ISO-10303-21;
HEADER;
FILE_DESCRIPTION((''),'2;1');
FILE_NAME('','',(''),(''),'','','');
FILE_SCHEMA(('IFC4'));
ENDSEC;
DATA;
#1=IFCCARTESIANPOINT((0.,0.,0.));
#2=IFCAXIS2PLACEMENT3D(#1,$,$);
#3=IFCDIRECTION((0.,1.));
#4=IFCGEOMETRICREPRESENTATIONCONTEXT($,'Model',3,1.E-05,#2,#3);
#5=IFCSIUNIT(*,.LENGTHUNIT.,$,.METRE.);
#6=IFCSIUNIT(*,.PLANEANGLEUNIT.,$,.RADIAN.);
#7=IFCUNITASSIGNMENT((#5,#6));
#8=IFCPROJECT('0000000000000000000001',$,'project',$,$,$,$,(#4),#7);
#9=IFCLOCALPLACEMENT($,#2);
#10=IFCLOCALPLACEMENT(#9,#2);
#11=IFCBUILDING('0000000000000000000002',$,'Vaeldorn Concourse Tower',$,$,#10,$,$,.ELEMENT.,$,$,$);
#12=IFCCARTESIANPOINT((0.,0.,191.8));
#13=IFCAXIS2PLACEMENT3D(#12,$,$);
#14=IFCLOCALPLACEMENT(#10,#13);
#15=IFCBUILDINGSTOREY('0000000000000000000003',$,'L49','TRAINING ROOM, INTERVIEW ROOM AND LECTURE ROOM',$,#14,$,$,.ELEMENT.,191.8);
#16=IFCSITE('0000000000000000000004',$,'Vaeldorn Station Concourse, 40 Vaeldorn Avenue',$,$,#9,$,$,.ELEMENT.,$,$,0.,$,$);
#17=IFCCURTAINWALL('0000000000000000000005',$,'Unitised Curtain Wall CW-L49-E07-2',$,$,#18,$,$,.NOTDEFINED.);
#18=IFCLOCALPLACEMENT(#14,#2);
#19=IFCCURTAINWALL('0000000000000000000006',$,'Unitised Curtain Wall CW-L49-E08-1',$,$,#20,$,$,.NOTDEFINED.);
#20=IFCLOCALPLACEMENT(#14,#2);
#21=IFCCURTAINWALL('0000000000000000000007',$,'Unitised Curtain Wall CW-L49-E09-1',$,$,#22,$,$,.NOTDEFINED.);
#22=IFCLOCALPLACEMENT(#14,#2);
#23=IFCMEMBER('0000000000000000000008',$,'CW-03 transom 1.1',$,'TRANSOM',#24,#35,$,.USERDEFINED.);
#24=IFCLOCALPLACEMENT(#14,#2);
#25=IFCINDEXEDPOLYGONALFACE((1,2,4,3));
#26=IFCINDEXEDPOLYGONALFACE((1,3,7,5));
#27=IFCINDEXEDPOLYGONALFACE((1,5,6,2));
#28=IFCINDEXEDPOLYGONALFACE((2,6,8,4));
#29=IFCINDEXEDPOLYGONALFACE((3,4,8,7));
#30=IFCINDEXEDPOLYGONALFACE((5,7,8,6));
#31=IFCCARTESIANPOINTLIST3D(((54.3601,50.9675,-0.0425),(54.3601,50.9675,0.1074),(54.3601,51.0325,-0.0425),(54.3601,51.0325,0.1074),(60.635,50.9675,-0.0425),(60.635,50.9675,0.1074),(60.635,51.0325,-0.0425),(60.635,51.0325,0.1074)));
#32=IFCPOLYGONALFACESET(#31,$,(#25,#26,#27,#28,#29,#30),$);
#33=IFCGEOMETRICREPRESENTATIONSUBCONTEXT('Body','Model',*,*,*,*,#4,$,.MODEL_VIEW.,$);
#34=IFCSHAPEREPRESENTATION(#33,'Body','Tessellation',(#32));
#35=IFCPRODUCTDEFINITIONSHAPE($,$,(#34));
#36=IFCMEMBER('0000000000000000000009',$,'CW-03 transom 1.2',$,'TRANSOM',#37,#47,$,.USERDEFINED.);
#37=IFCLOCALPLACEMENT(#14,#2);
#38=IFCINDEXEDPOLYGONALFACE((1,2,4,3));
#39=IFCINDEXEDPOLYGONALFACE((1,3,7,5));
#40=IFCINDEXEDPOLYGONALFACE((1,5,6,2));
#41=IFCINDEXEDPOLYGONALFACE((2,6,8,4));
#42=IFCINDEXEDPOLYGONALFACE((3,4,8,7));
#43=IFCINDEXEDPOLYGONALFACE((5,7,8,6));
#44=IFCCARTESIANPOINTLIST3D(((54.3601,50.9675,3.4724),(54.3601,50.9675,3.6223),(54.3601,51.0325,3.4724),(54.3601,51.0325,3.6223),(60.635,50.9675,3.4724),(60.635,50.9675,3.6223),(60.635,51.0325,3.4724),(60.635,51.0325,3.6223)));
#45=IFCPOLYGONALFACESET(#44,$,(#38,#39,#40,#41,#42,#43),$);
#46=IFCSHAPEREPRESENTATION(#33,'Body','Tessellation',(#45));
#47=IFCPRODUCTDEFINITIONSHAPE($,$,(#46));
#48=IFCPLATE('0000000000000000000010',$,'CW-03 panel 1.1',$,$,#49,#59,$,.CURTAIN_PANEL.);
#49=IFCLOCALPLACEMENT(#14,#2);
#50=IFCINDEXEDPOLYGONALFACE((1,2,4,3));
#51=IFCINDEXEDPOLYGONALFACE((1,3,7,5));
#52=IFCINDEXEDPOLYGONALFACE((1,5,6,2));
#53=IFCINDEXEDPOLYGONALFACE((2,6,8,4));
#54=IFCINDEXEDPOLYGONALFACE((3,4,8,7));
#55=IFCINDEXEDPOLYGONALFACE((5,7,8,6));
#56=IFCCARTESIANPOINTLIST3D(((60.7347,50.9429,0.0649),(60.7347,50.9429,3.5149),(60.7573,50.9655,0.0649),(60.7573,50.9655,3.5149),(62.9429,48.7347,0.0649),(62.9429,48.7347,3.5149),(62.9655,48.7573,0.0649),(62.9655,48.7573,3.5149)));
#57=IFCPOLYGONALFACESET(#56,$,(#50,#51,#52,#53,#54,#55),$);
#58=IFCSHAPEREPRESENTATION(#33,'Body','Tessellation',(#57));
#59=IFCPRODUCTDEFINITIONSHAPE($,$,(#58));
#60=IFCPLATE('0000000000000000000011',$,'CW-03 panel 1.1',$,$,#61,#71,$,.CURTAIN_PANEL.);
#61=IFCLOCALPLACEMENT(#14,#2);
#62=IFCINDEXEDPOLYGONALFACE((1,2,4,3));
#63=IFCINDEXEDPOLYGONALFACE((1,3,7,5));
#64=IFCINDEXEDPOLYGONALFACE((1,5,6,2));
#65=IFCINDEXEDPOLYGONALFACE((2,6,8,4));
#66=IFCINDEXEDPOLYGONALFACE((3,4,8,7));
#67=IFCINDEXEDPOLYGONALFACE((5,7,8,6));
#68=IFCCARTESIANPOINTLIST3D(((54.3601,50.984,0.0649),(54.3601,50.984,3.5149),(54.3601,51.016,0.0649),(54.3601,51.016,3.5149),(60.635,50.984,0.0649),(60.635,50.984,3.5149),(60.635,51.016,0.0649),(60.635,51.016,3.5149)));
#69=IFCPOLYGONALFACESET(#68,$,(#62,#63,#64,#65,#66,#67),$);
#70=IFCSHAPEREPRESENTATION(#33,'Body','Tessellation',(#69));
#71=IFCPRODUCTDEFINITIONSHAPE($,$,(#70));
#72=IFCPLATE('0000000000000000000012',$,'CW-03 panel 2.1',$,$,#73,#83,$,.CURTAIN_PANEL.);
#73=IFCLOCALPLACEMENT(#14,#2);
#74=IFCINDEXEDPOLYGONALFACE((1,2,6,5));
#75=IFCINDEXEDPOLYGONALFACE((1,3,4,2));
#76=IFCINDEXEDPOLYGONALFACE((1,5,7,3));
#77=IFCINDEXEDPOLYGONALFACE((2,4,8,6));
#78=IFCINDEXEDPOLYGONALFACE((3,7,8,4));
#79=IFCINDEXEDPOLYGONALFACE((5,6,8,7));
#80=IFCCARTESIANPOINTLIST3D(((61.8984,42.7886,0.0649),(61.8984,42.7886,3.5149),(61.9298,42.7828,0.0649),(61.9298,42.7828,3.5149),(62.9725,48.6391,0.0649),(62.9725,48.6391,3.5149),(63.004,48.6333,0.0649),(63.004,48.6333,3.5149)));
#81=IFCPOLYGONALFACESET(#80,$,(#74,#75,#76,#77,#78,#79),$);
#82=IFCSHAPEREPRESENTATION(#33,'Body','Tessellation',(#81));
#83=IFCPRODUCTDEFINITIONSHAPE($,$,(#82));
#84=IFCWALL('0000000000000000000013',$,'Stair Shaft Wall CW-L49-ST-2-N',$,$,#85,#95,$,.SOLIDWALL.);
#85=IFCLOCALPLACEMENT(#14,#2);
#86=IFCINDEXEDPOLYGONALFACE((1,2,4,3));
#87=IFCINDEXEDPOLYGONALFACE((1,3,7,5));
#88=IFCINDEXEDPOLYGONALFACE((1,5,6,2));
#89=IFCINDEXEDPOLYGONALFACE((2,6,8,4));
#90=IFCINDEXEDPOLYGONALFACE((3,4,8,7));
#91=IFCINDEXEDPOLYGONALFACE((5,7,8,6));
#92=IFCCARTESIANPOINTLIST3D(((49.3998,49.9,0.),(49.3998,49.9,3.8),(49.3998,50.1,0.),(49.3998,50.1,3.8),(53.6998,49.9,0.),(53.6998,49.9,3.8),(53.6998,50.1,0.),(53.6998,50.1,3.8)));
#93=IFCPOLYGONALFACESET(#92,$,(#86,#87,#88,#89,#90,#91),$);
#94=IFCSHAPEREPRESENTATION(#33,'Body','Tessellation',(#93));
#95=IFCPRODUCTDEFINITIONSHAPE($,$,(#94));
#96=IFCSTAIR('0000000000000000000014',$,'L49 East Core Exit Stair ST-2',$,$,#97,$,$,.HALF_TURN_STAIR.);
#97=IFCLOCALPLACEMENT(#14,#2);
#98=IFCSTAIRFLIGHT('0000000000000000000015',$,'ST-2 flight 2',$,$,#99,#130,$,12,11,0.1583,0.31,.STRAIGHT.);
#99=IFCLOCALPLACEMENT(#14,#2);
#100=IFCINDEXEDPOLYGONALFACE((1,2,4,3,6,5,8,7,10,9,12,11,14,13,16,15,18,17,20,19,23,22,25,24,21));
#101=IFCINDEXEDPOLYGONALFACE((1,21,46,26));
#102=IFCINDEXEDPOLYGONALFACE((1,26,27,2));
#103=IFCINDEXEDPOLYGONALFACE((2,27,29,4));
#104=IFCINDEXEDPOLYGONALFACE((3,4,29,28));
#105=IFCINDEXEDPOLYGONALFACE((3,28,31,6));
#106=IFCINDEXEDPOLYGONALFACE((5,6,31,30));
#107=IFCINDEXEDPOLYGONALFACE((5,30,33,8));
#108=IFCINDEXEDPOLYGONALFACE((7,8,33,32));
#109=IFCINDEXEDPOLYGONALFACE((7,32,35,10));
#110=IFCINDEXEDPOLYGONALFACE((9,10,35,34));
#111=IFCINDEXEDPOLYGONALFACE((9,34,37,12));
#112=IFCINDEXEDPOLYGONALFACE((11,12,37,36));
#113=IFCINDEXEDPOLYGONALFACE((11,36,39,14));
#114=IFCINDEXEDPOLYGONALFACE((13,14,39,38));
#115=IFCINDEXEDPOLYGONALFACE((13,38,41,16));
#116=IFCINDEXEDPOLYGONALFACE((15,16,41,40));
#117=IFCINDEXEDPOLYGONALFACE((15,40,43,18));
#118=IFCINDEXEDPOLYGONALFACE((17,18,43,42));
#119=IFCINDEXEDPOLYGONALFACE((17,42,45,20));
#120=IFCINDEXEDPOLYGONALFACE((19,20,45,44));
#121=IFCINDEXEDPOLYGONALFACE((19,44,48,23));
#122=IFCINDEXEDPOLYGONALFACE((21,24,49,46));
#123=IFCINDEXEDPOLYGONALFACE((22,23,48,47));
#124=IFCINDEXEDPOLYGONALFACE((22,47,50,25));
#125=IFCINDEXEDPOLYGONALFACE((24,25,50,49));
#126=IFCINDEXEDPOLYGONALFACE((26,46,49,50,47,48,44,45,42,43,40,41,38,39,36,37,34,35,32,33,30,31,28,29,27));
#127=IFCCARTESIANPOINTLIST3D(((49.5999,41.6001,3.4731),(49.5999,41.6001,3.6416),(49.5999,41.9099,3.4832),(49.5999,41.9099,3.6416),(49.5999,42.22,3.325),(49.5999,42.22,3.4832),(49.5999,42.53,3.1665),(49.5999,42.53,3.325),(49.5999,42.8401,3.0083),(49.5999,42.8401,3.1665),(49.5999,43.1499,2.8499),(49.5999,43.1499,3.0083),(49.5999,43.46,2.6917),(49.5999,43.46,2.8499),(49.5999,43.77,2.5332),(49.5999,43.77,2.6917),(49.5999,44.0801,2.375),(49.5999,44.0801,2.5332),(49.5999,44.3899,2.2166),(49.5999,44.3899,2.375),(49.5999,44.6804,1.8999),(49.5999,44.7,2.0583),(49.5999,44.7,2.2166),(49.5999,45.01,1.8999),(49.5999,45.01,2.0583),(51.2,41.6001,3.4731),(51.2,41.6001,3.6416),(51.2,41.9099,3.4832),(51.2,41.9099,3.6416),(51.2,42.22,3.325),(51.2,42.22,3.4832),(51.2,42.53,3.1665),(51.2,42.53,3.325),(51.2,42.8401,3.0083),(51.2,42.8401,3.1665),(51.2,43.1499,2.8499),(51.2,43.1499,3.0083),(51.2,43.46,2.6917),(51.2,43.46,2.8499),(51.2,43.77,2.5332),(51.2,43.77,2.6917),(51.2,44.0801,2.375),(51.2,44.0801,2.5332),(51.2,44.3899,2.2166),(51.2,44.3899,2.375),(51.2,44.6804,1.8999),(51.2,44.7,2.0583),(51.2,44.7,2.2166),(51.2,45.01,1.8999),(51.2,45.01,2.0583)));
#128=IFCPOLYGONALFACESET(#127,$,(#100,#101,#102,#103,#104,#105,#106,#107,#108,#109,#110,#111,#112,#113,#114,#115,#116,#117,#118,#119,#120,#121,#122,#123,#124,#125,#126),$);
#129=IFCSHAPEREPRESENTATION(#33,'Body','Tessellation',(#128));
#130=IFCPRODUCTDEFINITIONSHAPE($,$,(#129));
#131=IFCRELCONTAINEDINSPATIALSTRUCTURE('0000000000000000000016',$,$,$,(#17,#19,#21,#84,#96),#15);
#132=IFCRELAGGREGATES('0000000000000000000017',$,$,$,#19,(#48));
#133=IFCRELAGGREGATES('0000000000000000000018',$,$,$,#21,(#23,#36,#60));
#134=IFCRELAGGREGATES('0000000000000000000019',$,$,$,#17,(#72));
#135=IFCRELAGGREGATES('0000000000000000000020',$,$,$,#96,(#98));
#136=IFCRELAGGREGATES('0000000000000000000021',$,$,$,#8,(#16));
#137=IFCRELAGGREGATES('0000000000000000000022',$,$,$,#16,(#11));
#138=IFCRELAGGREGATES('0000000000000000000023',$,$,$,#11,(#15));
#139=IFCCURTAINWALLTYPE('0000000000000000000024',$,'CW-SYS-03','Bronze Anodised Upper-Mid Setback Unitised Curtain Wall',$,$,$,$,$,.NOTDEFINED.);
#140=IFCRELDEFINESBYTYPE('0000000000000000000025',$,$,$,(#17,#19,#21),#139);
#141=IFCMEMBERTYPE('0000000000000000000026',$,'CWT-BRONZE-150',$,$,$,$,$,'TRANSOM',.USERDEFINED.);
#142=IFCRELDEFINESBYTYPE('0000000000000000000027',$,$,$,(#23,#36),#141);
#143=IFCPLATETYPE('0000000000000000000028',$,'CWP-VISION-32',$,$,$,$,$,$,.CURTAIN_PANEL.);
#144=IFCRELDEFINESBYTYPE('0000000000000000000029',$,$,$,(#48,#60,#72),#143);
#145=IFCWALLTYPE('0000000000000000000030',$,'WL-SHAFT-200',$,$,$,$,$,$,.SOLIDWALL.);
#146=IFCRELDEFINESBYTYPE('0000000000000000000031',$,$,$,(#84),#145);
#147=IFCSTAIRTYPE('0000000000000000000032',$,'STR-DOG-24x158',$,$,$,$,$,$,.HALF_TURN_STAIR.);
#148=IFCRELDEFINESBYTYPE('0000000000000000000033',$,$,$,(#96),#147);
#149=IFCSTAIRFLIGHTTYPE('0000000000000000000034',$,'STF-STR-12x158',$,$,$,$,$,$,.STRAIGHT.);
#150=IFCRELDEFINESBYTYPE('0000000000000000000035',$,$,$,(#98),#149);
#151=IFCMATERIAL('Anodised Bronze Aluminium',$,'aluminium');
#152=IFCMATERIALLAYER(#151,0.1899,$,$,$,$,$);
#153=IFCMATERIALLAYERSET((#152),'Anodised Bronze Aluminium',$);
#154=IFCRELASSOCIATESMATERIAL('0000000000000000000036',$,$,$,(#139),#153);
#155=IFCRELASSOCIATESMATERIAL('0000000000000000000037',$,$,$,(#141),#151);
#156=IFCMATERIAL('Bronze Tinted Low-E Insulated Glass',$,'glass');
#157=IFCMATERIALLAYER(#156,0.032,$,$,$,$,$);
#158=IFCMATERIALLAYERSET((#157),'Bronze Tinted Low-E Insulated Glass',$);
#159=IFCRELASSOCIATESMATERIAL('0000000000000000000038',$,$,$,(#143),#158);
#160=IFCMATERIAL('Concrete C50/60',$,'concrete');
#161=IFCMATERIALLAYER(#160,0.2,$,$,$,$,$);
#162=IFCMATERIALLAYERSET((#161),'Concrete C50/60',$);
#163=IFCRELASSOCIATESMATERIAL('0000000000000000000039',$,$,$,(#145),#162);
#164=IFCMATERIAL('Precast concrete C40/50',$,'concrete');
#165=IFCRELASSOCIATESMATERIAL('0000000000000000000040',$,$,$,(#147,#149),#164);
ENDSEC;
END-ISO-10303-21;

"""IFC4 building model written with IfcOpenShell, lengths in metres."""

from ifc_helpers import new_model, si_unit, direction, frame, frame_2d, origin, origin_2d, place, context, subcontext, project, spatial, polyline, rectangle, outline, extrude, source, transform, mapped, material, layer, layer_set, material_profile, profile_set, type_object, element, aggregate, save


model = new_model("IFC4")

# Units and contexts
model_context = context("Model", 3, precision=1e-05, world=origin(), true_north=direction((0.0, 1.0)))
body_context = subcontext(model_context, "Body", "Model", "MODEL_VIEW")
ifc_project = project(units=[si_unit("LENGTHUNIT", "METRE"), si_unit("PLANEANGLEUNIT", "RADIAN")], contexts=[model_context])

# Site, building, storey
site_placement = place(None, origin())
site = spatial("IfcSite", under=ifc_project, at=site_placement, Name="Vaeldorn Station Concourse, 40 Vaeldorn Avenue", CompositionType="ELEMENT", RefElevation=0.0)
building_placement = place(site_placement, origin())
building = spatial("IfcBuilding", under=site, at=building_placement, Name="Vaeldorn Concourse Tower", CompositionType="ELEMENT")
storey_placement = place(building_placement, frame((0.0, 0.0, 191.8)))
storey = spatial("IfcBuildingStorey", under=building, at=storey_placement, Name="L49", Description="TRAINING ROOM, INTERVIEW ROOM AND LECTURE ROOM", CompositionType="ELEMENT", Elevation=191.8)

# Curtain wall
ifc_material_1 = material(Name="Anodised Bronze Aluminium", Category="aluminium")
ifc_layer_1 = layer(ifc_material_1, 0.1899)
ifc_layer_set_1 = layer_set([ifc_layer_1], Name="Anodised Bronze Aluminium")
curtain_wall_type = type_object("IfcCurtainWallType", Name="CW-SYS-03", Description="Bronze Anodised Upper-Mid Setback Unitised Curtain Wall", PredefinedType="NOTDEFINED", material=ifc_layer_set_1)
curtain_wall_1_placement = place(storey_placement, origin())
curtain_wall_1 = element("IfcCurtainWall", 1, at=curtain_wall_1_placement, inside=storey, type_object=curtain_wall_type, Name="Unitised Curtain Wall CW-L49-E07-2", PredefinedType="NOTDEFINED")

# Curtain walls
curtain_wall_2_placement = place(storey_placement, origin())
curtain_wall_2 = element("IfcCurtainWall", 2, at=curtain_wall_2_placement, inside=storey, type_object=curtain_wall_type, Name="Unitised Curtain Wall CW-L49-E08-1", PredefinedType="NOTDEFINED")
curtain_wall_3_placement = place(storey_placement, origin())
curtain_wall_3 = element("IfcCurtainWall", 3, at=curtain_wall_3_placement, inside=storey, type_object=curtain_wall_type, Name="Unitised Curtain Wall CW-L49-E09-1", PredefinedType="NOTDEFINED")

# Members
ifc_material_profile_1 = material_profile(ifc_material_1, rectangle(XDim=0.0649, YDim=0.1499, at=origin_2d()), Name="CWT 65x150")
ifc_profile_set_1 = profile_set([ifc_material_profile_1], Name="Anodised Bronze Aluminium")
member_type_1 = type_object("IfcMemberType", Name="CWT-BRONZE-150", ElementType="TRANSOM", PredefinedType="USERDEFINED", material=ifc_profile_set_1)
shared_shape_1 = source(origin(), body_context, "Body", "SweptSolid", [
    extrude(rectangle(XDim=0.0649, YDim=0.1499, at=origin_2d()), origin(), (0.0, 0.0, 1.0), 6.2749),
])
member_1_placement = place(storey_placement, frame((60.635, 51.0, 0.0325), z_axis=(-1.0, 0.0, 0.0), x_axis=(0.0, -1.0, 0.0)))
member_1 = element("IfcMember", 4, at=member_1_placement, type_object=member_type_1, Name="CW-03 transom 1.1", ObjectType="TRANSOM", PredefinedType="USERDEFINED", context=body_context, shape_type="MappedRepresentation", body=[
    mapped(shared_shape_1, transform((0.0, 0.0, 0.0), scale=1.0)),
])
member_2_placement = place(storey_placement, frame((60.635, 51.0, 3.5474), z_axis=(-1.0, 0.0, 0.0), x_axis=(0.0, -1.0, 0.0)))
member_2 = element("IfcMember", 5, at=member_2_placement, type_object=member_type_1, Name="CW-03 transom 1.2", ObjectType="TRANSOM", PredefinedType="USERDEFINED", context=body_context, shape_type="MappedRepresentation", body=[
    mapped(shared_shape_1, transform((0.0, 0.0, 0.0), scale=1.0)),
])

# Plates
ifc_material_2 = material(Name="Bronze Tinted Low-E Insulated Glass", Category="glass")
ifc_layer_2 = layer(ifc_material_2, 0.032)
ifc_layer_set_2 = layer_set([ifc_layer_2], Name="Bronze Tinted Low-E Insulated Glass")
plate_type = type_object("IfcPlateType", Name="CWP-VISION-32", PredefinedType="CURTAIN_PANEL", material=ifc_layer_set_2)
shared_shape_2 = source(origin(), body_context, "Body", "SweptSolid", [
    extrude(rectangle(XDim=3.1228, YDim=0.032, at=origin_2d()), origin(), (0.0, 0.0, 1.0), 3.45),
])
plate_1_placement = place(storey_placement, frame((61.8501, 49.8501, 0.0649), z_axis=(0.0, 0.0, 1.0), x_axis=(-0.707107, 0.707107, 0.0)))
plate_1 = element("IfcPlate", 6, at=plate_1_placement, type_object=plate_type, Name="CW-03 panel 1.1", PredefinedType="CURTAIN_PANEL", context=body_context, shape_type="MappedRepresentation", body=[
    mapped(shared_shape_2, transform((0.0, 0.0, 0.0), scale=1.0)),
])
aggregate(curtain_wall_2, [plate_1])
shared_shape_3 = source(origin(), body_context, "Body", "SweptSolid", [
    extrude(rectangle(XDim=6.2749, YDim=0.032, at=origin_2d()), origin(), (0.0, 0.0, 1.0), 3.45),
])
plate_2_placement = place(storey_placement, frame((57.4976, 51.0, 0.0649), z_axis=(0.0, 0.0, 1.0), x_axis=(-1.0, 0.0, 0.0)))
plate_2 = element("IfcPlate", 7, at=plate_2_placement, type_object=plate_type, Name="CW-03 panel 1.1", PredefinedType="CURTAIN_PANEL", context=body_context, shape_type="MappedRepresentation", body=[
    mapped(shared_shape_3, transform((0.0, 0.0, 0.0), scale=1.0)),
])
aggregate(curtain_wall_3, [member_1, member_2, plate_2])
shared_shape_4 = source(origin(), body_context, "Body", "SweptSolid", [
    extrude(rectangle(XDim=5.9482, YDim=0.032, at=origin_2d()), origin(), (0.0, 0.0, 1.0), 3.45),
])
plate_3_placement = place(storey_placement, frame((62.4512, 45.7109, 0.0649), z_axis=(0.0, 0.0, 1.0), x_axis=(0.180585, 0.983559, 0.0)))
plate_3 = element("IfcPlate", 8, at=plate_3_placement, type_object=plate_type, Name="CW-03 panel 2.1", PredefinedType="CURTAIN_PANEL", context=body_context, shape_type="MappedRepresentation", body=[
    mapped(shared_shape_4, transform((0.0, 0.0, 0.0), scale=1.0)),
])
aggregate(curtain_wall_1, [plate_3])

# Wall
ifc_material_3 = material(Name="Concrete C50/60", Category="concrete")
ifc_layer_3 = layer(ifc_material_3, 0.2)
ifc_layer_set_3 = layer_set([ifc_layer_3], Name="Concrete C50/60")
wall_type = type_object("IfcWallType", Name="WL-SHAFT-200", PredefinedType="SOLIDWALL", material=ifc_layer_set_3)
wall_placement = place(storey_placement, frame((49.3999, 50.0, 0.0), z_axis=(0.0, 0.0, 1.0), x_axis=(1.0, 0.0, 0.0)))
element("IfcWall", 9, at=wall_placement, inside=storey, type_object=wall_type, Name="Stair Shaft Wall CW-L49-ST-2-N", PredefinedType="SOLIDWALL", context=body_context, shape_type="SweptSolid", body=[
    extrude(rectangle(XDim=4.3, YDim=0.2, at=frame_2d((2.1499, 0.0))), origin(), (0.0, 0.0, 1.0), 3.8),
])

# Stair, stair flight
ifc_material_4 = material(Name="Precast concrete C40/50", Category="concrete")
stair_type = type_object("IfcStairType", Name="STR-DOG-24x158", PredefinedType="HALF_TURN_STAIR", material=ifc_material_4)
stair_placement = place(storey_placement, origin())
stair = element("IfcStair", 10, at=stair_placement, inside=storey, type_object=stair_type, Name="L49 East Core Exit Stair ST-2", PredefinedType="HALF_TURN_STAIR")
stair_flight_type = type_object("IfcStairFlightType", Name="STF-STR-12x158", PredefinedType="STRAIGHT", material=ifc_material_4)
stair_flight_placement = place(storey_placement, frame((50.3999, 45.01, 1.8999), z_axis=(0.0, 0.0, 1.0), x_axis=(0.0, -1.0, 0.0)))
stair_flight = element("IfcStairFlight", 11, at=stair_flight_placement, type_object=stair_flight_type, Name="ST-2 flight 2", NumberOfRisers=12, NumberOfTreads=11, PredefinedType="STRAIGHT", RiserHeight=0.1583, TreadLength=0.31, context=body_context, shape_type="SweptSolid", body=[
    extrude(outline(polyline([(0.0, 0.0), (0.0, 0.1584), (0.3101, 0.1584), (0.3101, 0.3167), (0.6201, 0.3167), (0.6201, 0.4751), (0.9299, 0.4751), (0.9299, 0.6333), (1.24, 0.6333), (1.24, 0.7917), (1.55, 0.7917), (1.55, 0.95), (1.8601, 0.95), (1.8601, 1.1084), (2.1699, 1.1084), (2.1699, 1.2666), (2.48, 1.2666), (2.48, 1.425), (2.79, 1.425), (2.79, 1.5833), (3.1001, 1.5833), (3.1001, 1.7417), (3.4099, 1.7417), (3.4099, 1.8999), (3.4099, 1.5732), (0.3296, 0.0), (0.0, 0.0)])), frame((0.0, 0.8, 0.0), z_axis=(0.0, -1.0, 0.0), x_axis=(1.0, 0.0, 0.0)), (0.0, 0.0, 1.0), 1.6001),
])
aggregate(stair, [stair_flight])

save(model, "model.ifc")
